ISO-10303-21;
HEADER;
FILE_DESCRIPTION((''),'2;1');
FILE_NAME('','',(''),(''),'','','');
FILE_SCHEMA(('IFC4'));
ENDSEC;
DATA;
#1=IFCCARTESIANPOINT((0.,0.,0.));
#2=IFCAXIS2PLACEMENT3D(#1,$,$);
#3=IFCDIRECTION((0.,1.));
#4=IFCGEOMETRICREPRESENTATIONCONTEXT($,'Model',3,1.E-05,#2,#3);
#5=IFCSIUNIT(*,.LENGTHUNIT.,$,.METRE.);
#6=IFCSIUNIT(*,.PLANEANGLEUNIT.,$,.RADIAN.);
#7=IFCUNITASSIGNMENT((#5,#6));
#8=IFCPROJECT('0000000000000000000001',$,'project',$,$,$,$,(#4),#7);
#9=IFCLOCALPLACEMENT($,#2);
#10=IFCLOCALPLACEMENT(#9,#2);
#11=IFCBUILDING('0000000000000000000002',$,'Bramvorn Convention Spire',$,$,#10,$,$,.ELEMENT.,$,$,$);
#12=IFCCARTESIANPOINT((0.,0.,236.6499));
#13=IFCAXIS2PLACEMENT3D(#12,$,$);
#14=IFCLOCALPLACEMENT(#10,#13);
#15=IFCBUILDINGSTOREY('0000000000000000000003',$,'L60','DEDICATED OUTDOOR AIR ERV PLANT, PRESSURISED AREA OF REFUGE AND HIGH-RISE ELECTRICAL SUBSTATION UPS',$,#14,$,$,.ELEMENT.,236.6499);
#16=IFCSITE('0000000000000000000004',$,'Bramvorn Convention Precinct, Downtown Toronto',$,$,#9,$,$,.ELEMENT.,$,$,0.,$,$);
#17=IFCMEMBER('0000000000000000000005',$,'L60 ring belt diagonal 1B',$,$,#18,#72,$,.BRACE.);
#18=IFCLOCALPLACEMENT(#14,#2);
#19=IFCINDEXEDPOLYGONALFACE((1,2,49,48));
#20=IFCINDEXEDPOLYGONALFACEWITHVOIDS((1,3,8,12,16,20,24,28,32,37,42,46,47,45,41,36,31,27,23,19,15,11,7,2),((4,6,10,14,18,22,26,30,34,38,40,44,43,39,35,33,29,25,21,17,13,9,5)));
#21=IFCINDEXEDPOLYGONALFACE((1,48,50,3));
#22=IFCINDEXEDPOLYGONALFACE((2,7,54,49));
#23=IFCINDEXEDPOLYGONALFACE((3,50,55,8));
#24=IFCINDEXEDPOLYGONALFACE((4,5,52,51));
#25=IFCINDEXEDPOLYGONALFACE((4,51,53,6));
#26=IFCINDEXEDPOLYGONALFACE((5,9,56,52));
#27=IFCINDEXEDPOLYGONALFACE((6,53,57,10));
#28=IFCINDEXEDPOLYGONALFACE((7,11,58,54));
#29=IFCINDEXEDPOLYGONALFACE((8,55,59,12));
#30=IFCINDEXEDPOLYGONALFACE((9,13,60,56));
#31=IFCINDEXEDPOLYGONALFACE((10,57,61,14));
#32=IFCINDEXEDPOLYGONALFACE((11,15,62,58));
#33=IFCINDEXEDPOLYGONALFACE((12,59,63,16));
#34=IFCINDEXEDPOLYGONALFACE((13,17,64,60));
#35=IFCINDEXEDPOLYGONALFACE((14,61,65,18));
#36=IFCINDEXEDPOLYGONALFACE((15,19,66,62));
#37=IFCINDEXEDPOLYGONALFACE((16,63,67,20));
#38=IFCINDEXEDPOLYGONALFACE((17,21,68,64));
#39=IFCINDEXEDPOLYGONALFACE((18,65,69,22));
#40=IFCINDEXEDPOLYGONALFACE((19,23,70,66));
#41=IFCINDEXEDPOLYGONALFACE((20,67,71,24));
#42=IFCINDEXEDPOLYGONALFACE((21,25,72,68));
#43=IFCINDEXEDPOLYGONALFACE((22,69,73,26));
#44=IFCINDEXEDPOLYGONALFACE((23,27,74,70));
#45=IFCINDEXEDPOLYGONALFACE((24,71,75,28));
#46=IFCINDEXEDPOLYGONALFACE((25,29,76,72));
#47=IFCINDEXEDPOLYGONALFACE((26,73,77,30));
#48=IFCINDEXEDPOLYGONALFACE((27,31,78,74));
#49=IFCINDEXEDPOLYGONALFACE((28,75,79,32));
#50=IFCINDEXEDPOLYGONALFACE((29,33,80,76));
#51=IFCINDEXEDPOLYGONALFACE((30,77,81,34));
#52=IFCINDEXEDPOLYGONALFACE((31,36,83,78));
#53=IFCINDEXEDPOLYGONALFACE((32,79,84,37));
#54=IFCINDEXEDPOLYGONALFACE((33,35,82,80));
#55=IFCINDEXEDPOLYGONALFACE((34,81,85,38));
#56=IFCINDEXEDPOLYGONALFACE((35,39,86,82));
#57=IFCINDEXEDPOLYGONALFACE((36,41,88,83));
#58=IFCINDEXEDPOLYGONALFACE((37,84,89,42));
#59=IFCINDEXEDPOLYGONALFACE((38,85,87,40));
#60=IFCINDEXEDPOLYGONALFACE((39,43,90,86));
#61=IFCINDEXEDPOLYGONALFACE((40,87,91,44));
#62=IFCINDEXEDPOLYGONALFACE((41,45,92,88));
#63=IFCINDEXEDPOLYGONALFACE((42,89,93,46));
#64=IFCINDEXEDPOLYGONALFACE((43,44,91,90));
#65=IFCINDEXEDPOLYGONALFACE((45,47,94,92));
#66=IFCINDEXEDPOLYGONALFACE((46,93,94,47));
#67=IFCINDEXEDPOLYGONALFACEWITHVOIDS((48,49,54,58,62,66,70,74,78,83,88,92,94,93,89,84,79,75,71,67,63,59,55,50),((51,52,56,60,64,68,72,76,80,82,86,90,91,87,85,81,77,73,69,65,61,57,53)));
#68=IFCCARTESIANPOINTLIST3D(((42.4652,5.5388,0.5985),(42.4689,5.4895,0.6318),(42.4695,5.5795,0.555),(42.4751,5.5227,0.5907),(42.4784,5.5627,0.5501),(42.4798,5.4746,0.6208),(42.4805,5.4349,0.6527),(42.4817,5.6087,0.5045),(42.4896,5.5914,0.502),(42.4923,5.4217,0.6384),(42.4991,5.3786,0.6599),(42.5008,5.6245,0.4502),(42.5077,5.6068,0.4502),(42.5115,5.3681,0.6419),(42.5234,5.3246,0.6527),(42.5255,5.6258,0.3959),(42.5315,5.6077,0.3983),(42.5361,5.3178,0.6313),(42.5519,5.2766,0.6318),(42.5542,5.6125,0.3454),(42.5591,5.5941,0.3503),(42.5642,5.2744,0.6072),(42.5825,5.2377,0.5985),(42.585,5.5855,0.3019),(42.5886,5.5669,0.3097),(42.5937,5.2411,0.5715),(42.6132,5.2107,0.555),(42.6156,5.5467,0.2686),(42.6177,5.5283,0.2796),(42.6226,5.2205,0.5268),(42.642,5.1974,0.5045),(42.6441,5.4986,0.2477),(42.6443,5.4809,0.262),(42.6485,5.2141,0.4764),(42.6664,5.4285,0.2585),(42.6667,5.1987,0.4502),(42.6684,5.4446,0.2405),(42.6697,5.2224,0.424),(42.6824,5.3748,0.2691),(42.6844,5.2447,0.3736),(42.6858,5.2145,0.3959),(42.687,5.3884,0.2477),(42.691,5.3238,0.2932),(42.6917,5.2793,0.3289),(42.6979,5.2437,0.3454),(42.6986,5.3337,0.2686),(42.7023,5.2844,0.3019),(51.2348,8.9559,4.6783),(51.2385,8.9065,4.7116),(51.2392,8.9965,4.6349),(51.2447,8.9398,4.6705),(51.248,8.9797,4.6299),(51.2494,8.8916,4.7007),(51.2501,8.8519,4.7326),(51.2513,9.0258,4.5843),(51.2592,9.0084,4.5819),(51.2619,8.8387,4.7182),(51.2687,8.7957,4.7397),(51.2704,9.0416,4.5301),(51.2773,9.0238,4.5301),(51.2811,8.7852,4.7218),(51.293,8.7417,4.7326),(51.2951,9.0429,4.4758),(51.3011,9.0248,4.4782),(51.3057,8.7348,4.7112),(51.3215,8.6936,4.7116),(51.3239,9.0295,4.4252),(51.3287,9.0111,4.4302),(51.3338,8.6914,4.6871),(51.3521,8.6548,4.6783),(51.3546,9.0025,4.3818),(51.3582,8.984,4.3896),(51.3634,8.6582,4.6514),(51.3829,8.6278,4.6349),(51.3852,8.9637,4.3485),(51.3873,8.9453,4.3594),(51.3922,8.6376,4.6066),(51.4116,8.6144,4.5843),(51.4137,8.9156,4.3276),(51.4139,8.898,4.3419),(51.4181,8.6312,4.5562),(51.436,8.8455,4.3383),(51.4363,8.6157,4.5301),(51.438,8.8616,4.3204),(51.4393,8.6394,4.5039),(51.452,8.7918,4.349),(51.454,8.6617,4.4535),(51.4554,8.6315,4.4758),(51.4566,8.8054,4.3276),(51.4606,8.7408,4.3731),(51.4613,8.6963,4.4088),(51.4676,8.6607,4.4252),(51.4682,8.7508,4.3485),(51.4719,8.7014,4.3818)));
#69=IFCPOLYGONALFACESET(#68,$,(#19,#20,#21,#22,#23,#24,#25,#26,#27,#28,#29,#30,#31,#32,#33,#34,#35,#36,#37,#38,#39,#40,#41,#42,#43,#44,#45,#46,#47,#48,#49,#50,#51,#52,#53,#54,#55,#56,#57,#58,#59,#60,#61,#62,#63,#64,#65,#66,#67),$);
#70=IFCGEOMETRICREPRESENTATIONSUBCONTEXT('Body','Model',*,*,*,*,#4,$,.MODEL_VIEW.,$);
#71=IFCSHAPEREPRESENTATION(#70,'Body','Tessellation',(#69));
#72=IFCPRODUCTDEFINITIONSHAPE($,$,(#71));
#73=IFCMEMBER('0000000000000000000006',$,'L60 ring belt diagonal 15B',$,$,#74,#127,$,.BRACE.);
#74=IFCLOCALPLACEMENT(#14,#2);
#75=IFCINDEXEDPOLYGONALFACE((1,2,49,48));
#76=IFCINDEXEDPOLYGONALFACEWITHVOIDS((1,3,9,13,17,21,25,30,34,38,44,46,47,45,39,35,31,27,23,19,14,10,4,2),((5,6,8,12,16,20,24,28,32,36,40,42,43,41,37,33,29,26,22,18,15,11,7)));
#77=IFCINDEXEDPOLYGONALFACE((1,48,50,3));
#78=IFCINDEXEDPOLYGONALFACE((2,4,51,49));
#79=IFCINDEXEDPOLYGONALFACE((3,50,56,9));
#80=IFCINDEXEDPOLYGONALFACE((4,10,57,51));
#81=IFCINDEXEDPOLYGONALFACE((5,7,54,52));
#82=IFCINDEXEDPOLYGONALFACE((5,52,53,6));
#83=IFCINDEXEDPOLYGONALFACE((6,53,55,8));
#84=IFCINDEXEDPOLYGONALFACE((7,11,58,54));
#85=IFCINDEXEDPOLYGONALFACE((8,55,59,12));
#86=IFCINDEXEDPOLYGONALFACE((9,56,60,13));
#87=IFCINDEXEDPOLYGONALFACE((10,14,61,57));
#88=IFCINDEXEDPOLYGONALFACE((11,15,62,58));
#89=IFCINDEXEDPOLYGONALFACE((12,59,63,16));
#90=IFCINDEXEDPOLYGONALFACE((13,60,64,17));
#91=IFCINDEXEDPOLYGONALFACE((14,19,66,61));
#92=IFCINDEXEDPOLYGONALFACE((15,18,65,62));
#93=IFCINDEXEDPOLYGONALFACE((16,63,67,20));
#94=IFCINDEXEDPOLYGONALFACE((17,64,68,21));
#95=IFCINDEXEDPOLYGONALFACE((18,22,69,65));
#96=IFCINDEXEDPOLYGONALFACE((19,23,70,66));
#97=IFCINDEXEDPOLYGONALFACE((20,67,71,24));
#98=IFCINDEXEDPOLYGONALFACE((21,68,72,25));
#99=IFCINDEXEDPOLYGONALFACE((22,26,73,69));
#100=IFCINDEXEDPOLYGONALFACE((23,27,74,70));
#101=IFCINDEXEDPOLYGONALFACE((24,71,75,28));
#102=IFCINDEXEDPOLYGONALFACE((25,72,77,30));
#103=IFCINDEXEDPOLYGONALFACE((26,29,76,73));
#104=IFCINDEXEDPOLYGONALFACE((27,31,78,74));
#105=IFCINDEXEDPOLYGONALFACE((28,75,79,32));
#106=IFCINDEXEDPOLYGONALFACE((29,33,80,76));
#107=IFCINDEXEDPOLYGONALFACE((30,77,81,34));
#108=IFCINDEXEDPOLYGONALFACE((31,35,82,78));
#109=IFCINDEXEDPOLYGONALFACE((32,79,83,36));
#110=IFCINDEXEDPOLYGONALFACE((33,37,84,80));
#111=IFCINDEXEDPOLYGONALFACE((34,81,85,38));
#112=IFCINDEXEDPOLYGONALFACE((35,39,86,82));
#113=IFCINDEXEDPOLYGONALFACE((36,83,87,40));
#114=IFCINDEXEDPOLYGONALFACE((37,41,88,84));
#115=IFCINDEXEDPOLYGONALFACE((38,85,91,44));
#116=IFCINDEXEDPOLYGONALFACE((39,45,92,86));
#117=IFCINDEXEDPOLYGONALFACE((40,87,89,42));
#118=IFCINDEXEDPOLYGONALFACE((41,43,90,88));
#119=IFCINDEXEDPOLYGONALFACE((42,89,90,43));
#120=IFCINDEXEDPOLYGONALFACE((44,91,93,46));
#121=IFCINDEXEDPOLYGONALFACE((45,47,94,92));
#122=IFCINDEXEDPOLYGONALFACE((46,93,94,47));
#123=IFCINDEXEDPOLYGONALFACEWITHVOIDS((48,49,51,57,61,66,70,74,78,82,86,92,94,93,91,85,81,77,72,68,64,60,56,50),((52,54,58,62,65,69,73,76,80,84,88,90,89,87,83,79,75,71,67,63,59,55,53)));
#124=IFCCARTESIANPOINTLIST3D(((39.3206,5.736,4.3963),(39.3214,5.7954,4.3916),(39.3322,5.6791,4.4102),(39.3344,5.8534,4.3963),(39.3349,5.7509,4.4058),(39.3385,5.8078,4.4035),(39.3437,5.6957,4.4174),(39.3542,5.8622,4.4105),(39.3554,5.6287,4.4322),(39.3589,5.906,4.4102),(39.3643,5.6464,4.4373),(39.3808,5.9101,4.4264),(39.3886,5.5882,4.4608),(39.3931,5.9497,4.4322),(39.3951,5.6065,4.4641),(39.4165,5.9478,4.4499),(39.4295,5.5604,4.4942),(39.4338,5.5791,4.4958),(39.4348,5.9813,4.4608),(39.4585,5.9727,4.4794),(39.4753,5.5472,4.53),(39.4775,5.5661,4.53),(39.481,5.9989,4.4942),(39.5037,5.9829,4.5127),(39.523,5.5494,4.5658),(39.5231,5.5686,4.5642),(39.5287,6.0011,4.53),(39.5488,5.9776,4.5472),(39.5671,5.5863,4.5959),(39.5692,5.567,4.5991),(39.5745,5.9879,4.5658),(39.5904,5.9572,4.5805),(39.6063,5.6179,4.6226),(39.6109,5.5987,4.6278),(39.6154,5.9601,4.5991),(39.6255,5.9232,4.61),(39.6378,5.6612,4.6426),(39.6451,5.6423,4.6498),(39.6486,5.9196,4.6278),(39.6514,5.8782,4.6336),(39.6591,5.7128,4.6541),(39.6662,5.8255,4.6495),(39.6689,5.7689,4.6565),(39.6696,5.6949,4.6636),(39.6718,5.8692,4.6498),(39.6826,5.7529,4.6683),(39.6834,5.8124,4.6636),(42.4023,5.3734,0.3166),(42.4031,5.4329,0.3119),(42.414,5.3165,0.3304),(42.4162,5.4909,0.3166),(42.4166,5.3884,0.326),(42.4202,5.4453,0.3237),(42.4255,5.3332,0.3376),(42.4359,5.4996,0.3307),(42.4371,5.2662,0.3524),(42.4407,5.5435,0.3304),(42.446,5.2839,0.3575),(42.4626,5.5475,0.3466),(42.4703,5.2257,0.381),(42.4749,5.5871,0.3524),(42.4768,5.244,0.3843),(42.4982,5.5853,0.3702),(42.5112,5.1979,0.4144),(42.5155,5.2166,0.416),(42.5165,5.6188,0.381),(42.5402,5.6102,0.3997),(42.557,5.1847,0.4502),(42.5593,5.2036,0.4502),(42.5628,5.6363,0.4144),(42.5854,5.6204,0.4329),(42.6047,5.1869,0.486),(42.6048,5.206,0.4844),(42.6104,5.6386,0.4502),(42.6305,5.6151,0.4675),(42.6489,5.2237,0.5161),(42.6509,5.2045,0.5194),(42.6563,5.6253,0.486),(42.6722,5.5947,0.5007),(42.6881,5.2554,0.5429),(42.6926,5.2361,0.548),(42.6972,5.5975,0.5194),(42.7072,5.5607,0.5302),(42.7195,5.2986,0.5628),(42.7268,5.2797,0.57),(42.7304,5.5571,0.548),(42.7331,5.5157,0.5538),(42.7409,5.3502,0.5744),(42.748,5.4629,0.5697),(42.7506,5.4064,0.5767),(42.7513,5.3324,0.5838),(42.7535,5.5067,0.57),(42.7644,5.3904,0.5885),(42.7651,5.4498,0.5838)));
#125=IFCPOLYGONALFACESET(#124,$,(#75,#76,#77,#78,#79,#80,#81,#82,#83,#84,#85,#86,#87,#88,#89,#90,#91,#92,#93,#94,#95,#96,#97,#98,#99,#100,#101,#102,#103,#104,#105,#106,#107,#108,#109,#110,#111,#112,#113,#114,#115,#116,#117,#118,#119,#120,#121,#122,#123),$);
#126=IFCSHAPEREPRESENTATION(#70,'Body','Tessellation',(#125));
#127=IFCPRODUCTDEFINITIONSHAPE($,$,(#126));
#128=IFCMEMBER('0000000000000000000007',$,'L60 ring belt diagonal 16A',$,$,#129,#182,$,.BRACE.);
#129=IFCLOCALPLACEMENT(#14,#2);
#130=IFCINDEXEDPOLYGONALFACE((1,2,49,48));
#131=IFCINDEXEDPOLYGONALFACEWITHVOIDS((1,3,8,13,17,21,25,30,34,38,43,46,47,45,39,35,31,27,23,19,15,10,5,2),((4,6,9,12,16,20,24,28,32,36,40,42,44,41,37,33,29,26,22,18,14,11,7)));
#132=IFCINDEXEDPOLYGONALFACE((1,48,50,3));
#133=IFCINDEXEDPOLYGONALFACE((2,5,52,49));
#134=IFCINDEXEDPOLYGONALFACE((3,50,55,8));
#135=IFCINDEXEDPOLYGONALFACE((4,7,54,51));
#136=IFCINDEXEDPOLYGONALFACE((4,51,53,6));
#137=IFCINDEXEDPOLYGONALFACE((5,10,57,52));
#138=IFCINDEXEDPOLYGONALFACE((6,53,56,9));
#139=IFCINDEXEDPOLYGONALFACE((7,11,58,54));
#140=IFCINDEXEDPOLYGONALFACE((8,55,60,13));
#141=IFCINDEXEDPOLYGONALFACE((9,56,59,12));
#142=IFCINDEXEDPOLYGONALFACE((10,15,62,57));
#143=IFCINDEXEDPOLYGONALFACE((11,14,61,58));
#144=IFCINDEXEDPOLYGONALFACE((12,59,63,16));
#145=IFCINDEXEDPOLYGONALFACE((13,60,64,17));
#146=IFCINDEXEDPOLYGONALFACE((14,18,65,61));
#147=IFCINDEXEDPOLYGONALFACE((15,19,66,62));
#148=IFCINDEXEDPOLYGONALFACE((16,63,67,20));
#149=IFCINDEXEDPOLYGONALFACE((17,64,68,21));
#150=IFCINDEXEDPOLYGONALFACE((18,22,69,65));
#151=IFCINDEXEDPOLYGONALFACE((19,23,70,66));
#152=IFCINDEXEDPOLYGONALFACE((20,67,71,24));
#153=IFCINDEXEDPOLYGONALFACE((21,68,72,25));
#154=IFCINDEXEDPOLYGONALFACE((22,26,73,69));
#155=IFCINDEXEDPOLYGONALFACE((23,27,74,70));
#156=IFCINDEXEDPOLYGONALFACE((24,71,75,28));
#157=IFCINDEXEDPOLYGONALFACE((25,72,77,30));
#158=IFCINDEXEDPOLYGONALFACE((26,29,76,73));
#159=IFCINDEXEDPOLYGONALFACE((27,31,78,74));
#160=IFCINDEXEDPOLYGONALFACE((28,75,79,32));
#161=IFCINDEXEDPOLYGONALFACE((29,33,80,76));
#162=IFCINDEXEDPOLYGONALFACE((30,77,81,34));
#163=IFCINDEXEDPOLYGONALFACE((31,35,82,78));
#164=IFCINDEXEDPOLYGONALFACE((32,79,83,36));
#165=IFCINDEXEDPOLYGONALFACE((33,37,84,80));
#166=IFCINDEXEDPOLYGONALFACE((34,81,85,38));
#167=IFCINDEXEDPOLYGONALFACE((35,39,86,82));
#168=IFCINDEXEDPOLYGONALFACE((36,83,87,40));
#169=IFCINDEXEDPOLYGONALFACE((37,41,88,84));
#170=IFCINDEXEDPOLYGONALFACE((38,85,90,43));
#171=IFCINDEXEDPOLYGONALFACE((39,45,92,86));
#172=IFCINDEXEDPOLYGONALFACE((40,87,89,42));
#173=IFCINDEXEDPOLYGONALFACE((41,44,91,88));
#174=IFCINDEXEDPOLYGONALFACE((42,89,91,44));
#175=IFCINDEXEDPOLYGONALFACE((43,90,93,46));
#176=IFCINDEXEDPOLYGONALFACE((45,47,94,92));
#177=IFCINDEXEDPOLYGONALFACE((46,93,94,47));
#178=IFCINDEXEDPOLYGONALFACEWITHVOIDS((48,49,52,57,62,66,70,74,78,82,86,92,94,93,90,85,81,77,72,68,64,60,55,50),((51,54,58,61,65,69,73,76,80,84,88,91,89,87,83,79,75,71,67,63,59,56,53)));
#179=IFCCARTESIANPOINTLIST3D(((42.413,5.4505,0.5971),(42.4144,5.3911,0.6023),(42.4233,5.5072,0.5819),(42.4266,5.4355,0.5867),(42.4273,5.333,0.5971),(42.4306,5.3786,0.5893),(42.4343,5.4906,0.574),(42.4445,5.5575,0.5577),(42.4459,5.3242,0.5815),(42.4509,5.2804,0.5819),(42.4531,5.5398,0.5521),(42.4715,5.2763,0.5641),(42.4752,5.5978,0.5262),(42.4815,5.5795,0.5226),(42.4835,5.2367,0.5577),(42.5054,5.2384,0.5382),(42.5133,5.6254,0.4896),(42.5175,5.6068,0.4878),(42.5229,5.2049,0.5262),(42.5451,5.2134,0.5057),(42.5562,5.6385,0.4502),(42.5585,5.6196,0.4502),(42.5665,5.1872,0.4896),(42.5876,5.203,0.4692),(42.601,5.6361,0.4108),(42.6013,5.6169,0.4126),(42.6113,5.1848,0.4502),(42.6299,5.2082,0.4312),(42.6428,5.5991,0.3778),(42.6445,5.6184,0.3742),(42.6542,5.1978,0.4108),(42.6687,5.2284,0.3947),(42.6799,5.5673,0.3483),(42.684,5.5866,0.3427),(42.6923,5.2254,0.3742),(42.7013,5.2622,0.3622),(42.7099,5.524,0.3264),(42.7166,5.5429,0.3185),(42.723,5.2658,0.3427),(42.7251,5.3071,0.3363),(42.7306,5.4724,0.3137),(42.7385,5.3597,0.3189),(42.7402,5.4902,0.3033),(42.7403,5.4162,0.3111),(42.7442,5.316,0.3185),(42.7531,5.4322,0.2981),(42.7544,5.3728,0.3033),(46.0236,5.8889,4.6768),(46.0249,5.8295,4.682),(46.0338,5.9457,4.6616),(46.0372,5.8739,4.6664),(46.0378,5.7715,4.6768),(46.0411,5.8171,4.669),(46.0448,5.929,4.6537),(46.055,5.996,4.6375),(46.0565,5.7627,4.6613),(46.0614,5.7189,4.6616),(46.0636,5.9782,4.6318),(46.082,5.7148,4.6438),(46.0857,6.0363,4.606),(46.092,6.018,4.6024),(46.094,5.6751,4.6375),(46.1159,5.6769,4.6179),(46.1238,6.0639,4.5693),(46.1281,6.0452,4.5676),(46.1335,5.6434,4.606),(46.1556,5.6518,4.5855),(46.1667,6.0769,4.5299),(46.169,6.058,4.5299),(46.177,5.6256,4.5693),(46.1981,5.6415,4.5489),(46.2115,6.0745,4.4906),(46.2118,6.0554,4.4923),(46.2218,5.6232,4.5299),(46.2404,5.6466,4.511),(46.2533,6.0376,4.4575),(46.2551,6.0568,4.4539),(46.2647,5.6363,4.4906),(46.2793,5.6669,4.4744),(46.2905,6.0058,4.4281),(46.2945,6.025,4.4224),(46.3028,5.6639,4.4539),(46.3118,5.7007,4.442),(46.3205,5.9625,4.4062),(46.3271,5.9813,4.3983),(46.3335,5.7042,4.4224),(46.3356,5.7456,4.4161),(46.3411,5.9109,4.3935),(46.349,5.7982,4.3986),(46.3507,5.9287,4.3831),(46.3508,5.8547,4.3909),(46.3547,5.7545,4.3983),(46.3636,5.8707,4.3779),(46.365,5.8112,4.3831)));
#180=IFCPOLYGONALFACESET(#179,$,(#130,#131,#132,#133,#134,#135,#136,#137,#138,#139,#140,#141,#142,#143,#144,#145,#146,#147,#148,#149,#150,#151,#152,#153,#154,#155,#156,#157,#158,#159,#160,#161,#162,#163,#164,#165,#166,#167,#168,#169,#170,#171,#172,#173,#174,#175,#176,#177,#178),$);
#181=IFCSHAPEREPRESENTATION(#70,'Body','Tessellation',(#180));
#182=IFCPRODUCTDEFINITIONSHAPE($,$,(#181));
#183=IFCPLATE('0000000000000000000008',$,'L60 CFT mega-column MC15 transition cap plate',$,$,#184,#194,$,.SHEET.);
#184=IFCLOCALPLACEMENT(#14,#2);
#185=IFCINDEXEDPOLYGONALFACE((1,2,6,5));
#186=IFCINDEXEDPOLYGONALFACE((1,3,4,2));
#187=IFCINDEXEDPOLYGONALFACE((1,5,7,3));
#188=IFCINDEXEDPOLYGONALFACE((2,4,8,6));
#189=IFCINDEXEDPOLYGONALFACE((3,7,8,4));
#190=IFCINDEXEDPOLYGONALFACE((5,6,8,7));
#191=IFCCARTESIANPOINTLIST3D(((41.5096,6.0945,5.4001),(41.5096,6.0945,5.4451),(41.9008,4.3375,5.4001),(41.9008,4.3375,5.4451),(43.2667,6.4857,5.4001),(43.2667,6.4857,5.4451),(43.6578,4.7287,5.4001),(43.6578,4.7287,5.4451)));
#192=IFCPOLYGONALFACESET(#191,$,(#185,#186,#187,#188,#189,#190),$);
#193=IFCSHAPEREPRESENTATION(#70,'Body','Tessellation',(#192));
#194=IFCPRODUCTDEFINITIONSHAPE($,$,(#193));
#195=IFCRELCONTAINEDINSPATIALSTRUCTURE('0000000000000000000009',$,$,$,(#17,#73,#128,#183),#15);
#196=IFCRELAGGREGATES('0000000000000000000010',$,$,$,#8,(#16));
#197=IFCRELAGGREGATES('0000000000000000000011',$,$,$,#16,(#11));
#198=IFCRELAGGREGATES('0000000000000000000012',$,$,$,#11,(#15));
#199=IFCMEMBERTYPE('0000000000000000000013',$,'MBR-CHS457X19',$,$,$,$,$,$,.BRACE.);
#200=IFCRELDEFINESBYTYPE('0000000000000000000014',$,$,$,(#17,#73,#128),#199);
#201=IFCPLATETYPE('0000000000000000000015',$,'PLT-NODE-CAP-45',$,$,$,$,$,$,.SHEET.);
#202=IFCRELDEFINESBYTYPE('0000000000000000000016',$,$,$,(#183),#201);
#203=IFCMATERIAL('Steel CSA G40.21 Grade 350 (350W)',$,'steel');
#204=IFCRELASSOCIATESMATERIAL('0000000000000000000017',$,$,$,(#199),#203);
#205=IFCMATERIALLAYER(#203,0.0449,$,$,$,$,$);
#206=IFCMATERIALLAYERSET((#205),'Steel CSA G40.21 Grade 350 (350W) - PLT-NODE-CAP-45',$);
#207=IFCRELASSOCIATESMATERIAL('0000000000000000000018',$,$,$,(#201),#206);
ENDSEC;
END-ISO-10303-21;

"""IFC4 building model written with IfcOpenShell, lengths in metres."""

from ifc_helpers import new_model, si_unit, direction, frame, origin, origin_2d, place, context, subcontext, project, spatial, rectangle, hollow_circle, extrude, material, layer, layer_set, material_profile, profile_set, type_object, element, save


model = new_model("IFC4")

# Units and contexts
model_context = context("Model", 3, precision=1e-05, world=origin(), true_north=direction((0.0, 1.0)))
body_context = subcontext(model_context, "Body", "Model", "MODEL_VIEW")
ifc_project = project(units=[si_unit("LENGTHUNIT", "METRE"), si_unit("PLANEANGLEUNIT", "RADIAN")], contexts=[model_context])

# Site, building, storey
site_placement = place(None, origin())
site = spatial("IfcSite", under=ifc_project, at=site_placement, Name="Bramvorn Convention Precinct, Downtown Toronto", CompositionType="ELEMENT", RefElevation=0.0)
building_placement = place(site_placement, origin())
building = spatial("IfcBuilding", under=site, at=building_placement, Name="Bramvorn Convention Spire", CompositionType="ELEMENT")
storey_placement = place(building_placement, frame((0.0, 0.0, 236.6499)))
storey = spatial("IfcBuildingStorey", under=building, at=storey_placement, Name="L60", Description="DEDICATED OUTDOOR AIR ERV PLANT, PRESSURISED AREA OF REFUGE AND HIGH-RISE ELECTRICAL SUBSTATION UPS", CompositionType="ELEMENT", Elevation=236.6499)

# Shared definitions
ifc_material_1 = material(Name="Steel CSA G40.21 Grade 350 (350W)", Category="steel")

# Members
ifc_material_profile_1 = material_profile(ifc_material_1, hollow_circle(Radius=0.2285, WallThickness=0.019, at=origin_2d()))
ifc_profile_set_1 = profile_set([ifc_material_profile_1], Name="Steel CSA G40.21 Grade 350 (350W) - CHS457X19")
member_type_1 = type_object("IfcMemberType", Name="MBR-CHS457X19", PredefinedType="BRACE", material=ifc_profile_set_1)
member_1_placement = place(storey_placement, frame((42.5837, 5.4116, 0.4502), z_axis=(0.854901, 0.333107, 0.397724), x_axis=(-0.363057, 0.931767, 0.0)))
element("IfcMember", 1, at=member_1_placement, inside=storey, type_object=member_type_1, Name="L60 ring belt diagonal 1B", PredefinedType="BRACE", context=body_context, shape_type="SweptSolid", body=[
    extrude(hollow_circle(Radius=0.2285, WallThickness=0.019, at=origin_2d()), origin(), (0.0, 0.0, 1.0), 10.2581),
])
member_2_placement = place(storey_placement, frame((42.5837, 5.4116, 0.4502), z_axis=(-0.60123, 0.07073, 0.79594), x_axis=(-0.116837, -0.993151, 0.0)))
element("IfcMember", 2, at=member_2_placement, inside=storey, type_object=member_type_1, Name="L60 ring belt diagonal 15B", PredefinedType="BRACE", context=body_context, shape_type="SweptSolid", body=[
    extrude(hollow_circle(Radius=0.2285, WallThickness=0.019, at=origin_2d()), origin(), (0.0, 0.0, 1.0), 5.1257),
])
member_3_placement = place(storey_placement, frame((42.5837, 5.4116, 0.4502), z_axis=(0.660593, 0.080224, 0.746445), x_axis=(-0.120556, 0.992707, 0.0)))
element("IfcMember", 3, at=member_3_placement, inside=storey, type_object=member_type_1, Name="L60 ring belt diagonal 16A", PredefinedType="BRACE", context=body_context, shape_type="SweptSolid", body=[
    extrude(hollow_circle(Radius=0.2285, WallThickness=0.019, at=origin_2d()), origin(), (0.0, 0.0, 1.0), 5.4656),
])

# Plate
ifc_layer_1 = layer(ifc_material_1, 0.0449)
ifc_layer_set_1 = layer_set([ifc_layer_1], Name="Steel CSA G40.21 Grade 350 (350W) - PLT-NODE-CAP-45")
plate_type_1 = type_object("IfcPlateType", Name="PLT-NODE-CAP-45", PredefinedType="SHEET", material=ifc_layer_set_1)
plate_placement = place(storey_placement, frame((42.5837, 5.4116, 5.4001), z_axis=(0.0, 0.0, 1.0), x_axis=(0.21732, -0.9761, 0.0)))
element("IfcPlate", 4, at=plate_placement, inside=storey, type_object=plate_type_1, Name="L60 CFT mega-column MC15 transition cap plate", PredefinedType="SHEET", context=body_context, shape_type="SweptSolid", body=[
    extrude(rectangle(XDim=1.8, YDim=1.8, at=origin_2d()), origin(), (0.0, 0.0, 1.0), 0.0449),
])

save(model, "model.ifc")
